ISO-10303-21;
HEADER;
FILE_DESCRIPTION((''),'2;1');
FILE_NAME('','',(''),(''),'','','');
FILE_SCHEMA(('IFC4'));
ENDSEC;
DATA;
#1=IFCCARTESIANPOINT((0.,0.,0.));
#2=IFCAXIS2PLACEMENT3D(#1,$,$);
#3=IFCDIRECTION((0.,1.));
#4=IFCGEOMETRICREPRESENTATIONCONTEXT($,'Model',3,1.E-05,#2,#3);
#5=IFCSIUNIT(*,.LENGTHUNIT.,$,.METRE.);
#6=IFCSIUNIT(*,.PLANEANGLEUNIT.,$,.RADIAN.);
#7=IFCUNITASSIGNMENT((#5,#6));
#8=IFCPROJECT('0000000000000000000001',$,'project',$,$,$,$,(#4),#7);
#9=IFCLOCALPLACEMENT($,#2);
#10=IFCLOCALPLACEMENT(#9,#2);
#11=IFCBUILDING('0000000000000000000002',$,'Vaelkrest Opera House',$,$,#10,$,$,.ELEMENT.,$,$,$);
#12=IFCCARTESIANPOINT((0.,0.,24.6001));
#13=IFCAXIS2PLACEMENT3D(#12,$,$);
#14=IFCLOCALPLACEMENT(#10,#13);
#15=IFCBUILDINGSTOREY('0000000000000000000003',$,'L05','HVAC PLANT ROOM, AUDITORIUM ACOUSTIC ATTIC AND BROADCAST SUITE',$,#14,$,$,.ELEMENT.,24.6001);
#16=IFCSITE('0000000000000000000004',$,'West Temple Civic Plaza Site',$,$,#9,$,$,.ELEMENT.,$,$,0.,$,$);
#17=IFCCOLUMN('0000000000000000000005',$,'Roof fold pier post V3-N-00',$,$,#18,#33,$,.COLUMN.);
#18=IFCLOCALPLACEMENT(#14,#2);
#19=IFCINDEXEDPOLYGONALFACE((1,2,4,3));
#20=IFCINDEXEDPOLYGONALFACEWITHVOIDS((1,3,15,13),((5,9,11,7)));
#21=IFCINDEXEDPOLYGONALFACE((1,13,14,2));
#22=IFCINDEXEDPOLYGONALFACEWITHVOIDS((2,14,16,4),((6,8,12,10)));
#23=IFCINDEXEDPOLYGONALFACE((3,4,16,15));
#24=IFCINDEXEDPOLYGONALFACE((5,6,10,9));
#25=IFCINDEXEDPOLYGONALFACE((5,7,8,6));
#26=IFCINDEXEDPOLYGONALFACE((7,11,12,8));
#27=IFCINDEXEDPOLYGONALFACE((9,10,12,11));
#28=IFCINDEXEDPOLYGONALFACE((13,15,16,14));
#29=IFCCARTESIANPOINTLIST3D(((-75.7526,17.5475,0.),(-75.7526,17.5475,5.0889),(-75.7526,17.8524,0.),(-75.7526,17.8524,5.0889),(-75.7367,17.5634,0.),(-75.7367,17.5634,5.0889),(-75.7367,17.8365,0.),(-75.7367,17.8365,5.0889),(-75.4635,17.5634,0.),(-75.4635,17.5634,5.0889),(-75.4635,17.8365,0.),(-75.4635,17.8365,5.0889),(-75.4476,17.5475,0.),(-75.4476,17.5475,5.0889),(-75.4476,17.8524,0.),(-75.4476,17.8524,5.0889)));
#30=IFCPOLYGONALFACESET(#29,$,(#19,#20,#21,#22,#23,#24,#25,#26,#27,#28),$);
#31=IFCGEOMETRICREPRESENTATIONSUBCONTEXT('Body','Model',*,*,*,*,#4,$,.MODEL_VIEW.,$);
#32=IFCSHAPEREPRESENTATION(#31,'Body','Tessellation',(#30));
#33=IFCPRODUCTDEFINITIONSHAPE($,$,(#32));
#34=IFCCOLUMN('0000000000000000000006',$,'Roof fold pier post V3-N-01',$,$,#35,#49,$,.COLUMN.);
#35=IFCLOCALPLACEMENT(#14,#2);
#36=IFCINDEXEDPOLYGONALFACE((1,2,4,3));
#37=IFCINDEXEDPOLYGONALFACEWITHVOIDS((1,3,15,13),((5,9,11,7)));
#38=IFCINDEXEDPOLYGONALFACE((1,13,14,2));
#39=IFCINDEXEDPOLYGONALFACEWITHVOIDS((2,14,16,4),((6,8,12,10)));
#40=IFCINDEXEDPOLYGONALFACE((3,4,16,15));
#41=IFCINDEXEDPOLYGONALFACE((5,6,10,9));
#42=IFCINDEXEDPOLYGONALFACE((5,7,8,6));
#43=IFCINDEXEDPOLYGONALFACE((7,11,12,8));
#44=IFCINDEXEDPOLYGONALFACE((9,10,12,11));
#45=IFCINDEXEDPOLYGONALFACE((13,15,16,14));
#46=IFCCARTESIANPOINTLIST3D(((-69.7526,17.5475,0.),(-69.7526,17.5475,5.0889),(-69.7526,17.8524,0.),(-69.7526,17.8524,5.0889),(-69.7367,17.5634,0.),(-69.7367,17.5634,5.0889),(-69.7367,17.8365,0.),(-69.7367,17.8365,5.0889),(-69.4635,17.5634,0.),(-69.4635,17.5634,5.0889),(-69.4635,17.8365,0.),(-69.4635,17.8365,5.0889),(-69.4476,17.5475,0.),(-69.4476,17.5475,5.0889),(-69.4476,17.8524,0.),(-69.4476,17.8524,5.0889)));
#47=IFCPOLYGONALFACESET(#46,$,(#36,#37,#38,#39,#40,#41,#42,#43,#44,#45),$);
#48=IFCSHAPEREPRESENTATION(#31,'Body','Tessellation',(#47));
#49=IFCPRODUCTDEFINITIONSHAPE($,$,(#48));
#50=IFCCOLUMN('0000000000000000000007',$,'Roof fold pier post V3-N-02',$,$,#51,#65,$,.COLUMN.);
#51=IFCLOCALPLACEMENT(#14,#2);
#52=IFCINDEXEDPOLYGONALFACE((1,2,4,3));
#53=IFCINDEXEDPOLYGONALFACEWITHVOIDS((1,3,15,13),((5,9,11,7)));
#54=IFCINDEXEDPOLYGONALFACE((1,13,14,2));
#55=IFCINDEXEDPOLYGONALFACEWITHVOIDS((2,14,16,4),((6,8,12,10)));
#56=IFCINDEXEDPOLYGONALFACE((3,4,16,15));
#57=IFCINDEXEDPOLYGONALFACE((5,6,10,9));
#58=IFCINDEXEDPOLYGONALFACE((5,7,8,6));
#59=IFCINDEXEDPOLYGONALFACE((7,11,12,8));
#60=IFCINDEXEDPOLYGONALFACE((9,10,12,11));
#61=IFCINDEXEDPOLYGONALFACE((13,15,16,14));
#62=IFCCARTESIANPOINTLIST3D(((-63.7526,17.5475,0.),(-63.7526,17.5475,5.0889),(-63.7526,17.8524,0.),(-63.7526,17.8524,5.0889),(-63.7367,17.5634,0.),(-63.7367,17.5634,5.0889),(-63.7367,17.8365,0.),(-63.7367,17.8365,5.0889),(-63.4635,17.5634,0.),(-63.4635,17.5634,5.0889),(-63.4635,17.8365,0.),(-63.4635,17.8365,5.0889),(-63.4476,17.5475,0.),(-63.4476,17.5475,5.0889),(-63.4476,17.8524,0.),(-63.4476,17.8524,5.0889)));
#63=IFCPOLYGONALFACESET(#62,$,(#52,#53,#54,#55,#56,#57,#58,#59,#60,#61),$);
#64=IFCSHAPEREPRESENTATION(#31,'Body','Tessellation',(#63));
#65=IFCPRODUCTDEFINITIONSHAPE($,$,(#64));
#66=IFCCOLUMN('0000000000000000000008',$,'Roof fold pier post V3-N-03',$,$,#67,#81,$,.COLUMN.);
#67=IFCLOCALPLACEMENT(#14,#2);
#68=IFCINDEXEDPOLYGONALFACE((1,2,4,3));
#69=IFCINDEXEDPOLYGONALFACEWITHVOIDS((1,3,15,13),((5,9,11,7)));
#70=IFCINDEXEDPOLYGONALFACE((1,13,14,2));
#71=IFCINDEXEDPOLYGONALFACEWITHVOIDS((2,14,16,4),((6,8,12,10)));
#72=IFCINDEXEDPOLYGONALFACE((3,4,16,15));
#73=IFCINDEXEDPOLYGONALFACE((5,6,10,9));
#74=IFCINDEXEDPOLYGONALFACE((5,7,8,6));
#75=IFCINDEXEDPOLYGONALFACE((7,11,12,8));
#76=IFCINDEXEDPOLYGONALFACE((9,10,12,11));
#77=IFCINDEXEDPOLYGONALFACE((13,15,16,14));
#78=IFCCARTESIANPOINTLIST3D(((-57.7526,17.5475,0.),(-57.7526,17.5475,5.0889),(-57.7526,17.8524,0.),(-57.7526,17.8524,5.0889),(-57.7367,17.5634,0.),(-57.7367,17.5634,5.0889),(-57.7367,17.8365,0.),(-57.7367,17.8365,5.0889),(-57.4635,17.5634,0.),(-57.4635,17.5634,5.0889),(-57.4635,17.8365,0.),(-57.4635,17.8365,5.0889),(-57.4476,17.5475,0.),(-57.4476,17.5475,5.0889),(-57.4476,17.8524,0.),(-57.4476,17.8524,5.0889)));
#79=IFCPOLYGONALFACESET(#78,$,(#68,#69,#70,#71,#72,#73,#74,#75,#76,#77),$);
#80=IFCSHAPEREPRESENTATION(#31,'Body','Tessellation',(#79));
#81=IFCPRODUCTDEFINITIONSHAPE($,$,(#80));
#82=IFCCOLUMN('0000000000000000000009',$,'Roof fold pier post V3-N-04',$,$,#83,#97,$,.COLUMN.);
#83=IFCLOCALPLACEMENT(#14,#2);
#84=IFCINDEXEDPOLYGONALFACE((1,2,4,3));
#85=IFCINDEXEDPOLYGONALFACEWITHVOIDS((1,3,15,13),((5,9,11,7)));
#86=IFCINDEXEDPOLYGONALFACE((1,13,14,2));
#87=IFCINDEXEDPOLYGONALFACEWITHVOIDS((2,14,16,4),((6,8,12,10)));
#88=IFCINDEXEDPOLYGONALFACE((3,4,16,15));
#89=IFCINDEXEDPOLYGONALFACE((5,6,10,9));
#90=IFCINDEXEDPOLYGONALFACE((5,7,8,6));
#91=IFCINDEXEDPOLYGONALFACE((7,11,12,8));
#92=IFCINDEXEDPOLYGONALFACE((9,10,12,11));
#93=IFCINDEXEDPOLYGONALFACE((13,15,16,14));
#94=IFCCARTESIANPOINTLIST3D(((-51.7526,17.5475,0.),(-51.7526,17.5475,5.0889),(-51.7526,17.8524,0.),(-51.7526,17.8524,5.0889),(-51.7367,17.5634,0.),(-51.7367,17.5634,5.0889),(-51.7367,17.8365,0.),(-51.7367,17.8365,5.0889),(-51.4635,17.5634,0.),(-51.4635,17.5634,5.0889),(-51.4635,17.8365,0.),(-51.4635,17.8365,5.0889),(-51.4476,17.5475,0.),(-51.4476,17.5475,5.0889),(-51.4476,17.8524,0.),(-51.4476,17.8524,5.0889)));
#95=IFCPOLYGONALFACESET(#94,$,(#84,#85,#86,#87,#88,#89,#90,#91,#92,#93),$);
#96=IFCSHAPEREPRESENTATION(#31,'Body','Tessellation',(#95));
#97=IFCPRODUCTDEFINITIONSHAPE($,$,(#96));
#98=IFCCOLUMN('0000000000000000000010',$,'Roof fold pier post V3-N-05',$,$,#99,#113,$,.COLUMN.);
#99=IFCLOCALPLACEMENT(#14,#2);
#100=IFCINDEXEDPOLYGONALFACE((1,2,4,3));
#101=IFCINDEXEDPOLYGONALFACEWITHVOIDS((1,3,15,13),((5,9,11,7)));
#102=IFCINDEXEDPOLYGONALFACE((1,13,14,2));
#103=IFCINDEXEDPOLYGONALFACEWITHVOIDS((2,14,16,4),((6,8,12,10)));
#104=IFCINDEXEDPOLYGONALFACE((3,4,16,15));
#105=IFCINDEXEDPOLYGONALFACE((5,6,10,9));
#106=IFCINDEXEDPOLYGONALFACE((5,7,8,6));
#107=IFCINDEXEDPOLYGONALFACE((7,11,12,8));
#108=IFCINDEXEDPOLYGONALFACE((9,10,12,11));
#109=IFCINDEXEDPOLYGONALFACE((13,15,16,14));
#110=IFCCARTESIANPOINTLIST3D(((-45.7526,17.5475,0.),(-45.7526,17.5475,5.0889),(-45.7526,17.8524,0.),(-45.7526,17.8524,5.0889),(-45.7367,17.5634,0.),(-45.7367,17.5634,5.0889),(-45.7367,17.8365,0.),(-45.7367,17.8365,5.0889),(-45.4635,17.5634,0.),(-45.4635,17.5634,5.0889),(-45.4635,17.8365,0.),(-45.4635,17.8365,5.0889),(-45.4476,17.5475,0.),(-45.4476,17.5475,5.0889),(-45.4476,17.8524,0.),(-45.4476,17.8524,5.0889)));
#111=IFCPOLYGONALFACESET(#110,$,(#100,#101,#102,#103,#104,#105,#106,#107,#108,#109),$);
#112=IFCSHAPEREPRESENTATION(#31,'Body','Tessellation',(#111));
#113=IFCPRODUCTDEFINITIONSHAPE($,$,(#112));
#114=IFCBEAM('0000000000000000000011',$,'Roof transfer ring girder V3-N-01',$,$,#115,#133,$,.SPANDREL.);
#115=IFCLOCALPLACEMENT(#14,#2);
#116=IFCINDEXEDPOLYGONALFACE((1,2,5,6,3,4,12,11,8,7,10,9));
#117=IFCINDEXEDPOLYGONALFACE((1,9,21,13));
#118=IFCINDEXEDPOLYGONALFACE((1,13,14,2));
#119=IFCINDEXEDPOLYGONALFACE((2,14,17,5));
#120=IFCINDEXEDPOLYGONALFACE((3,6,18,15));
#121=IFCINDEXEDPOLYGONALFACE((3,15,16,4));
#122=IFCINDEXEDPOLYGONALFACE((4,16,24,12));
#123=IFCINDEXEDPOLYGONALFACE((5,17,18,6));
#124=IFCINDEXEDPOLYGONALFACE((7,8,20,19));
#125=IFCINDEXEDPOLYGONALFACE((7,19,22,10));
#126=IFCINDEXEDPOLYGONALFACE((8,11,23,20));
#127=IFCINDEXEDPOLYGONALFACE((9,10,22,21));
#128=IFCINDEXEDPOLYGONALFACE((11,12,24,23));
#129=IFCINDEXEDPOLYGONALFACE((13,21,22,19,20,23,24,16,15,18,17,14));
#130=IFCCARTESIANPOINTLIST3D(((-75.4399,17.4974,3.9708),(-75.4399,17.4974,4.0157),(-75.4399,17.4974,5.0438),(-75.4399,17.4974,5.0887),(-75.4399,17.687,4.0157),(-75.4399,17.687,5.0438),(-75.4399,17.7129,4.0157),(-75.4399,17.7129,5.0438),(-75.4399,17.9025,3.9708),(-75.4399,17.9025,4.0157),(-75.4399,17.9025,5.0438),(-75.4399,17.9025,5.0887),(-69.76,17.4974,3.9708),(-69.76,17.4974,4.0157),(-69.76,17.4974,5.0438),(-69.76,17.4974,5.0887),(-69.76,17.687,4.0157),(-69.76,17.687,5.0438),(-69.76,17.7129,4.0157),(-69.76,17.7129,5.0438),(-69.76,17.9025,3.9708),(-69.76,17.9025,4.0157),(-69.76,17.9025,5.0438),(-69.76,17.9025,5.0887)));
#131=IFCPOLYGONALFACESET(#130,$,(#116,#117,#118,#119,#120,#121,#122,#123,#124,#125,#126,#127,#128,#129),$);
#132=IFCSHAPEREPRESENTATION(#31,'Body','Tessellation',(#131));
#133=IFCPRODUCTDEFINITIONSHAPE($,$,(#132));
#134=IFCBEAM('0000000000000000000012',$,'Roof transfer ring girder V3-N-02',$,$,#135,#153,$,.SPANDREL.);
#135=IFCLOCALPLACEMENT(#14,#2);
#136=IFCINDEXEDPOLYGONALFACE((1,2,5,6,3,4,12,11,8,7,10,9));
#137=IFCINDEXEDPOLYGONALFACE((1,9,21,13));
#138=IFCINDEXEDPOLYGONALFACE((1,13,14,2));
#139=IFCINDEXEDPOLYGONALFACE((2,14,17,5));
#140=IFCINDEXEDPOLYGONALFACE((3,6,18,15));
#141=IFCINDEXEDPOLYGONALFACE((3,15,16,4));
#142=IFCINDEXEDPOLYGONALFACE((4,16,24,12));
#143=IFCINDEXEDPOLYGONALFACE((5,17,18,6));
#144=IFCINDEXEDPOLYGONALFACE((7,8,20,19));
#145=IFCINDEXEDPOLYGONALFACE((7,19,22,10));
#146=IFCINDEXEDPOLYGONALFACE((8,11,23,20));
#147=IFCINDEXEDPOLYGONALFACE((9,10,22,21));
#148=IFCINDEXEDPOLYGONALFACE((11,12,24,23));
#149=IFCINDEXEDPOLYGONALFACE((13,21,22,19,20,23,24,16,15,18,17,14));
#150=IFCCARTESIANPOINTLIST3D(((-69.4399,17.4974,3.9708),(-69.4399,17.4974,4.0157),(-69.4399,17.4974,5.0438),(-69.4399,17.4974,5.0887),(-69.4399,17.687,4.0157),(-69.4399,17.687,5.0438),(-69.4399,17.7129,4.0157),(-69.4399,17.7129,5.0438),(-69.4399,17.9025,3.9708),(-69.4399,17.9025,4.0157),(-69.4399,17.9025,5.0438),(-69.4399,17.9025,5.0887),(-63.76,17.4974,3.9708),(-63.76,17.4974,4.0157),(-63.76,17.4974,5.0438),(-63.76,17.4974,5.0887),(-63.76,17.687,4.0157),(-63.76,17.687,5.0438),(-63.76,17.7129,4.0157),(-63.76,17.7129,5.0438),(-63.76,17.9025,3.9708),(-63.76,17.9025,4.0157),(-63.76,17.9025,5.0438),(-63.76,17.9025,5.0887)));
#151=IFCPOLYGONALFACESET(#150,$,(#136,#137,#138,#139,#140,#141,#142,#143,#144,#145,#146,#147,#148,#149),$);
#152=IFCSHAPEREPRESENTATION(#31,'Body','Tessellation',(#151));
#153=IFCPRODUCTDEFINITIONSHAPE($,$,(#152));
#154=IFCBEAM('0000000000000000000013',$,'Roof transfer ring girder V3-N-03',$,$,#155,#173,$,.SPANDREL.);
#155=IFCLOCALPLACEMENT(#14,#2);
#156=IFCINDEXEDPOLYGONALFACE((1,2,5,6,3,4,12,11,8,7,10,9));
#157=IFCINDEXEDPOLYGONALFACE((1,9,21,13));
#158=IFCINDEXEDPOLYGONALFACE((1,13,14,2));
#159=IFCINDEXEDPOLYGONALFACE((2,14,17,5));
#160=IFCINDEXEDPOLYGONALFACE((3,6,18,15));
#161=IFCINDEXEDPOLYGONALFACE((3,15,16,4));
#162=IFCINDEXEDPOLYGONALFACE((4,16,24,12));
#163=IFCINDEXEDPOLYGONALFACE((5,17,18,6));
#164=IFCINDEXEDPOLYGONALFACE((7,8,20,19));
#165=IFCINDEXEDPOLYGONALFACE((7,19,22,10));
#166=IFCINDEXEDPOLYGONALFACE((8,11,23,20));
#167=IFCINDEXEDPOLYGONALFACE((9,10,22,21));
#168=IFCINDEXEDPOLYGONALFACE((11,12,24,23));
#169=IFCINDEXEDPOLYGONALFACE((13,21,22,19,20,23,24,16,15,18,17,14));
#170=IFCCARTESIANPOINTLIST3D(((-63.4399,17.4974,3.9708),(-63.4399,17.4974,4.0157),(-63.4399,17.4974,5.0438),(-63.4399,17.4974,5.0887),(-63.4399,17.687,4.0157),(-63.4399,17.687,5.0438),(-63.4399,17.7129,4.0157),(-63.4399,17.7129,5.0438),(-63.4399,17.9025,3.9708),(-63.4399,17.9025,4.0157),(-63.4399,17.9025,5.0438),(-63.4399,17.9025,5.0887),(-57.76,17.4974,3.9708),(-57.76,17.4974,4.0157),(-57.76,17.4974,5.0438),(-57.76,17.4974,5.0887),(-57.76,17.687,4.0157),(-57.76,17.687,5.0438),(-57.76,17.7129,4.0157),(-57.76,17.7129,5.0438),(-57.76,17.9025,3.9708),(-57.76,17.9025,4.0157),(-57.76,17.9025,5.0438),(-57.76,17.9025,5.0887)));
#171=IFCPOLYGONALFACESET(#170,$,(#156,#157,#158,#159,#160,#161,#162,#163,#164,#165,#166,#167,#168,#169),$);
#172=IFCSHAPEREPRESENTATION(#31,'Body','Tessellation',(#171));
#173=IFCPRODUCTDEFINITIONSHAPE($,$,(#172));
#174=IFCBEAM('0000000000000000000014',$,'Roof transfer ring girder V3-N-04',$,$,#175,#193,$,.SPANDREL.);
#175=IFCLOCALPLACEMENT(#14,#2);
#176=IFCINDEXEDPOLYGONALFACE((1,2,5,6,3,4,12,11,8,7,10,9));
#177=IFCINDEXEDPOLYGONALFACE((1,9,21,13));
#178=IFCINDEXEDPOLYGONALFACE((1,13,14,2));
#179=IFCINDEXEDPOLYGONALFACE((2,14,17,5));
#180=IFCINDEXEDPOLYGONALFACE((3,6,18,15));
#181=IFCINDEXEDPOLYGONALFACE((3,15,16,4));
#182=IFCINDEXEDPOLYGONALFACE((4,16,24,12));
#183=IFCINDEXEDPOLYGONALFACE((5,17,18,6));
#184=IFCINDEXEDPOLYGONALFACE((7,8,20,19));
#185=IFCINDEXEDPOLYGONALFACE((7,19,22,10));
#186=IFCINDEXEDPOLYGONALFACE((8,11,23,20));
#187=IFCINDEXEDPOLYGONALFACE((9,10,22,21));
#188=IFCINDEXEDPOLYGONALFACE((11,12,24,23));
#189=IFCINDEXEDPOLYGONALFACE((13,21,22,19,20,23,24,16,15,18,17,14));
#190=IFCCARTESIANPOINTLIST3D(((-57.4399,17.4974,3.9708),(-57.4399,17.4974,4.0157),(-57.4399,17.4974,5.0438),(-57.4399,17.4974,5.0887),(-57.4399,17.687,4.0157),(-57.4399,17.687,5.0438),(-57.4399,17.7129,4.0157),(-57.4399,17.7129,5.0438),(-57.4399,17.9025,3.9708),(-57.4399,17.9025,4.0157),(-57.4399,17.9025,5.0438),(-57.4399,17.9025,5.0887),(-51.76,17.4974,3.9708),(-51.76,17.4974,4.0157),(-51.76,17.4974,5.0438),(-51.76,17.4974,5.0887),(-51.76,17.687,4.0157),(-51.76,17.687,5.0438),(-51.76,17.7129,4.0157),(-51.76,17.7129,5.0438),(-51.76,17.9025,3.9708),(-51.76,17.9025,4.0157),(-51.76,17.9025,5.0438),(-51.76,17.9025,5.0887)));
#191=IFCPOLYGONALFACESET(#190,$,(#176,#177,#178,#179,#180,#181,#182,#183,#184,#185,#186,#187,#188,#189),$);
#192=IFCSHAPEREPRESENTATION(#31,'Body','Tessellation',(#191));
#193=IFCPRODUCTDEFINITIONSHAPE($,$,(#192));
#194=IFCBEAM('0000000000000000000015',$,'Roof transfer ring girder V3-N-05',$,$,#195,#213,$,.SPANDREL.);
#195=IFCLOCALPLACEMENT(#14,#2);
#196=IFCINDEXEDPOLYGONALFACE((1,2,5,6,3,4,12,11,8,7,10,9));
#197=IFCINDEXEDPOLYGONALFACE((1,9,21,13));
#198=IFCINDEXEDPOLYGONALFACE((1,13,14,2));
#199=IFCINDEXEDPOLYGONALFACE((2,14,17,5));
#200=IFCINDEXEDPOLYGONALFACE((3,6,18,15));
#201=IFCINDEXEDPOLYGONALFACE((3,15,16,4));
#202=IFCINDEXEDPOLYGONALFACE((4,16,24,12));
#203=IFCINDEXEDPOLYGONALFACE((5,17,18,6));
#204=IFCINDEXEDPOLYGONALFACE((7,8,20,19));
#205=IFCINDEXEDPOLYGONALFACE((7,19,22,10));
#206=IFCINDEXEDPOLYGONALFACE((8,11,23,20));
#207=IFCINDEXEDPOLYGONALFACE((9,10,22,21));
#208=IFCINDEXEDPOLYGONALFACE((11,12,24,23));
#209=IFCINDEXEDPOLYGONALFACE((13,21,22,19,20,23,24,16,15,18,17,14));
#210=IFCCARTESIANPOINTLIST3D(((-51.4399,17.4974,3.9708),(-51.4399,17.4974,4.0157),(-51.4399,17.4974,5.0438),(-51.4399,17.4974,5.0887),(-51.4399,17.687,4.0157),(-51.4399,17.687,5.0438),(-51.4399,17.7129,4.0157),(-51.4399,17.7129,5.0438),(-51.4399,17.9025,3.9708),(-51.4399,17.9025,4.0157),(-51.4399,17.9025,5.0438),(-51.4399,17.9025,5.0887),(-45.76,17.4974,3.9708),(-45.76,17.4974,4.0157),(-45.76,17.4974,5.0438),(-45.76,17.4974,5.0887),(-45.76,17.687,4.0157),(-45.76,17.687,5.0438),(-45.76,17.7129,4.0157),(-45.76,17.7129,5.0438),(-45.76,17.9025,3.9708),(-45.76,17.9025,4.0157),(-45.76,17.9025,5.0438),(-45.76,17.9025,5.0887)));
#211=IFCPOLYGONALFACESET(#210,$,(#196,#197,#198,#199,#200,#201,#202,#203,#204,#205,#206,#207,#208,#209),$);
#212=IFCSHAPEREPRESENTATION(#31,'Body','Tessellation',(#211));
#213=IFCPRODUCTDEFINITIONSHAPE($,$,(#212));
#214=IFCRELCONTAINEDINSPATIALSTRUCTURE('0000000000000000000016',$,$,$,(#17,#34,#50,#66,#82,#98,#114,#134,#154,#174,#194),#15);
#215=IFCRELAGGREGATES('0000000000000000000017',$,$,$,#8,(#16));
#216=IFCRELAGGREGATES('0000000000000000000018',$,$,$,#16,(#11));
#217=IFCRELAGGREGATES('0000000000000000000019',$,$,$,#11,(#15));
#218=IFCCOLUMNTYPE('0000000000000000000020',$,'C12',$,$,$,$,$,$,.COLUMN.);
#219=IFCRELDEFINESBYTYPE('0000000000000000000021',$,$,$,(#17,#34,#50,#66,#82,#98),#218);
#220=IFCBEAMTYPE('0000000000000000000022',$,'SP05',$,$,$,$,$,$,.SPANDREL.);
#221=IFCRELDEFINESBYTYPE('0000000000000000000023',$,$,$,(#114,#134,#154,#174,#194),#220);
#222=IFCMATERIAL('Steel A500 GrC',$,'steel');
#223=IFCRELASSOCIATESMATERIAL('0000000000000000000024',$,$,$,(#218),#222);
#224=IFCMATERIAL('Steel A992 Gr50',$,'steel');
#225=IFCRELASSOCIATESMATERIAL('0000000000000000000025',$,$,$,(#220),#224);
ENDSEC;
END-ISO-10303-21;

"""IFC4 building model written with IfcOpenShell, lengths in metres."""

from ifc_helpers import new_model, si_unit, direction, frame, origin, origin_2d, place, context, subcontext, project, spatial, hollow_rectangle, i_section, extrude, material, material_profile, profile_set, type_object, element, save


model = new_model("IFC4")

# Units and contexts
model_context = context("Model", 3, precision=1e-05, world=origin(), true_north=direction((0.0, 1.0)))
body_context = subcontext(model_context, "Body", "Model", "MODEL_VIEW")
ifc_project = project(units=[si_unit("LENGTHUNIT", "METRE"), si_unit("PLANEANGLEUNIT", "RADIAN")], contexts=[model_context])

# Site, building, storey
site_placement = place(None, origin())
site = spatial("IfcSite", under=ifc_project, at=site_placement, Name="West Temple Civic Plaza Site", CompositionType="ELEMENT", RefElevation=0.0)
building_placement = place(site_placement, origin())
building = spatial("IfcBuilding", under=site, at=building_placement, Name="Vaelkrest Opera House", CompositionType="ELEMENT")
storey_placement = place(building_placement, frame((0.0, 0.0, 24.6001)))
storey = spatial("IfcBuildingStorey", under=building, at=storey_placement, Name="L05", Description="HVAC PLANT ROOM, AUDITORIUM ACOUSTIC ATTIC AND BROADCAST SUITE", CompositionType="ELEMENT", Elevation=24.6001)

# Columns
ifc_material_1 = material(Name="Steel A500 GrC", Category="steel")
ifc_material_profile_1 = material_profile(ifc_material_1, hollow_rectangle(XDim=0.3049, YDim=0.3049, WallThickness=0.0159, at=origin_2d()), Name="HSS305X305X15.9")
ifc_profile_set_1 = profile_set([ifc_material_profile_1], Name="Steel A500 GrC")
column_type = type_object("IfcColumnType", Name="C12", PredefinedType="COLUMN", material=ifc_profile_set_1)
for number, where, z_axis, x_axis, name in (
    (1, (-75.6001, 17.7, 0.0), (0.0, 0.0, 1.0), (1.0, 0.0, 0.0), "Roof fold pier post V3-N-00"),
    (2, (-69.6001, 17.7, 0.0), (0.0, 0.0, 1.0), (1.0, 0.0, 0.0), "Roof fold pier post V3-N-01"),
    (3, (-63.6001, 17.7, 0.0), (0.0, 0.0, 1.0), (1.0, 0.0, 0.0), "Roof fold pier post V3-N-02"),
    (4, (-57.6001, 17.7, 0.0), (0.0, 0.0, 1.0), (1.0, 0.0, 0.0), "Roof fold pier post V3-N-03"),
    (5, (-51.6001, 17.7, 0.0), (0.0, 0.0, 1.0), (1.0, 0.0, 0.0), "Roof fold pier post V3-N-04"),
    (6, (-45.6001, 17.7, 0.0), (0.0, 0.0, 1.0), (1.0, 0.0, 0.0), "Roof fold pier post V3-N-05"),
):
    element("IfcColumn", number, at=place(storey_placement, frame(where, z_axis=z_axis, x_axis=x_axis)), inside=storey, type_object=column_type, Name=name, PredefinedType="COLUMN", context=body_context, shape_type="SweptSolid", body=[
        extrude(hollow_rectangle(XDim=0.3049, YDim=0.3049, WallThickness=0.0159, at=origin_2d()), origin(), (0.0, 0.0, 1.0), 5.0889),
    ])

# Beams
ifc_material_2 = material(Name="Steel A992 Gr50", Category="steel")
ifc_material_profile_2 = material_profile(ifc_material_2, i_section(OverallWidth=0.405, OverallDepth=1.1179, WebThickness=0.0259, FlangeThickness=0.0449, at=origin_2d()), Name="W44X335")
ifc_profile_set_2 = profile_set([ifc_material_profile_2], Name="Steel A992 Gr50")
beam_type = type_object("IfcBeamType", Name="SP05", PredefinedType="SPANDREL", material=ifc_profile_set_2)
for number, where, z_axis, x_axis, name in (
    (7, (-75.4399, 17.7, 4.5298), (1.0, 0.0, 0.0), (0.0, 1.0, 0.0), "Roof transfer ring girder V3-N-01"),
    (8, (-69.4399, 17.7, 4.5298), (1.0, 0.0, 0.0), (0.0, 1.0, 0.0), "Roof transfer ring girder V3-N-02"),
    (9, (-63.4399, 17.7, 4.5298), (1.0, 0.0, 0.0), (0.0, 1.0, 0.0), "Roof transfer ring girder V3-N-03"),
    (10, (-57.4399, 17.7, 4.5298), (1.0, 0.0, 0.0), (0.0, 1.0, 0.0), "Roof transfer ring girder V3-N-04"),
    (11, (-51.4399, 17.7, 4.5298), (1.0, 0.0, 0.0), (0.0, 1.0, 0.0), "Roof transfer ring girder V3-N-05"),
):
    element("IfcBeam", number, at=place(storey_placement, frame(where, z_axis=z_axis, x_axis=x_axis)), inside=storey, type_object=beam_type, Name=name, PredefinedType="SPANDREL", context=body_context, shape_type="SweptSolid", body=[
        extrude(i_section(OverallWidth=0.405, OverallDepth=1.1179, WebThickness=0.0259, FlangeThickness=0.0449, at=origin_2d()), origin(), (0.0, 0.0, 1.0), 5.6799),
    ])

save(model, "model.ifc")
